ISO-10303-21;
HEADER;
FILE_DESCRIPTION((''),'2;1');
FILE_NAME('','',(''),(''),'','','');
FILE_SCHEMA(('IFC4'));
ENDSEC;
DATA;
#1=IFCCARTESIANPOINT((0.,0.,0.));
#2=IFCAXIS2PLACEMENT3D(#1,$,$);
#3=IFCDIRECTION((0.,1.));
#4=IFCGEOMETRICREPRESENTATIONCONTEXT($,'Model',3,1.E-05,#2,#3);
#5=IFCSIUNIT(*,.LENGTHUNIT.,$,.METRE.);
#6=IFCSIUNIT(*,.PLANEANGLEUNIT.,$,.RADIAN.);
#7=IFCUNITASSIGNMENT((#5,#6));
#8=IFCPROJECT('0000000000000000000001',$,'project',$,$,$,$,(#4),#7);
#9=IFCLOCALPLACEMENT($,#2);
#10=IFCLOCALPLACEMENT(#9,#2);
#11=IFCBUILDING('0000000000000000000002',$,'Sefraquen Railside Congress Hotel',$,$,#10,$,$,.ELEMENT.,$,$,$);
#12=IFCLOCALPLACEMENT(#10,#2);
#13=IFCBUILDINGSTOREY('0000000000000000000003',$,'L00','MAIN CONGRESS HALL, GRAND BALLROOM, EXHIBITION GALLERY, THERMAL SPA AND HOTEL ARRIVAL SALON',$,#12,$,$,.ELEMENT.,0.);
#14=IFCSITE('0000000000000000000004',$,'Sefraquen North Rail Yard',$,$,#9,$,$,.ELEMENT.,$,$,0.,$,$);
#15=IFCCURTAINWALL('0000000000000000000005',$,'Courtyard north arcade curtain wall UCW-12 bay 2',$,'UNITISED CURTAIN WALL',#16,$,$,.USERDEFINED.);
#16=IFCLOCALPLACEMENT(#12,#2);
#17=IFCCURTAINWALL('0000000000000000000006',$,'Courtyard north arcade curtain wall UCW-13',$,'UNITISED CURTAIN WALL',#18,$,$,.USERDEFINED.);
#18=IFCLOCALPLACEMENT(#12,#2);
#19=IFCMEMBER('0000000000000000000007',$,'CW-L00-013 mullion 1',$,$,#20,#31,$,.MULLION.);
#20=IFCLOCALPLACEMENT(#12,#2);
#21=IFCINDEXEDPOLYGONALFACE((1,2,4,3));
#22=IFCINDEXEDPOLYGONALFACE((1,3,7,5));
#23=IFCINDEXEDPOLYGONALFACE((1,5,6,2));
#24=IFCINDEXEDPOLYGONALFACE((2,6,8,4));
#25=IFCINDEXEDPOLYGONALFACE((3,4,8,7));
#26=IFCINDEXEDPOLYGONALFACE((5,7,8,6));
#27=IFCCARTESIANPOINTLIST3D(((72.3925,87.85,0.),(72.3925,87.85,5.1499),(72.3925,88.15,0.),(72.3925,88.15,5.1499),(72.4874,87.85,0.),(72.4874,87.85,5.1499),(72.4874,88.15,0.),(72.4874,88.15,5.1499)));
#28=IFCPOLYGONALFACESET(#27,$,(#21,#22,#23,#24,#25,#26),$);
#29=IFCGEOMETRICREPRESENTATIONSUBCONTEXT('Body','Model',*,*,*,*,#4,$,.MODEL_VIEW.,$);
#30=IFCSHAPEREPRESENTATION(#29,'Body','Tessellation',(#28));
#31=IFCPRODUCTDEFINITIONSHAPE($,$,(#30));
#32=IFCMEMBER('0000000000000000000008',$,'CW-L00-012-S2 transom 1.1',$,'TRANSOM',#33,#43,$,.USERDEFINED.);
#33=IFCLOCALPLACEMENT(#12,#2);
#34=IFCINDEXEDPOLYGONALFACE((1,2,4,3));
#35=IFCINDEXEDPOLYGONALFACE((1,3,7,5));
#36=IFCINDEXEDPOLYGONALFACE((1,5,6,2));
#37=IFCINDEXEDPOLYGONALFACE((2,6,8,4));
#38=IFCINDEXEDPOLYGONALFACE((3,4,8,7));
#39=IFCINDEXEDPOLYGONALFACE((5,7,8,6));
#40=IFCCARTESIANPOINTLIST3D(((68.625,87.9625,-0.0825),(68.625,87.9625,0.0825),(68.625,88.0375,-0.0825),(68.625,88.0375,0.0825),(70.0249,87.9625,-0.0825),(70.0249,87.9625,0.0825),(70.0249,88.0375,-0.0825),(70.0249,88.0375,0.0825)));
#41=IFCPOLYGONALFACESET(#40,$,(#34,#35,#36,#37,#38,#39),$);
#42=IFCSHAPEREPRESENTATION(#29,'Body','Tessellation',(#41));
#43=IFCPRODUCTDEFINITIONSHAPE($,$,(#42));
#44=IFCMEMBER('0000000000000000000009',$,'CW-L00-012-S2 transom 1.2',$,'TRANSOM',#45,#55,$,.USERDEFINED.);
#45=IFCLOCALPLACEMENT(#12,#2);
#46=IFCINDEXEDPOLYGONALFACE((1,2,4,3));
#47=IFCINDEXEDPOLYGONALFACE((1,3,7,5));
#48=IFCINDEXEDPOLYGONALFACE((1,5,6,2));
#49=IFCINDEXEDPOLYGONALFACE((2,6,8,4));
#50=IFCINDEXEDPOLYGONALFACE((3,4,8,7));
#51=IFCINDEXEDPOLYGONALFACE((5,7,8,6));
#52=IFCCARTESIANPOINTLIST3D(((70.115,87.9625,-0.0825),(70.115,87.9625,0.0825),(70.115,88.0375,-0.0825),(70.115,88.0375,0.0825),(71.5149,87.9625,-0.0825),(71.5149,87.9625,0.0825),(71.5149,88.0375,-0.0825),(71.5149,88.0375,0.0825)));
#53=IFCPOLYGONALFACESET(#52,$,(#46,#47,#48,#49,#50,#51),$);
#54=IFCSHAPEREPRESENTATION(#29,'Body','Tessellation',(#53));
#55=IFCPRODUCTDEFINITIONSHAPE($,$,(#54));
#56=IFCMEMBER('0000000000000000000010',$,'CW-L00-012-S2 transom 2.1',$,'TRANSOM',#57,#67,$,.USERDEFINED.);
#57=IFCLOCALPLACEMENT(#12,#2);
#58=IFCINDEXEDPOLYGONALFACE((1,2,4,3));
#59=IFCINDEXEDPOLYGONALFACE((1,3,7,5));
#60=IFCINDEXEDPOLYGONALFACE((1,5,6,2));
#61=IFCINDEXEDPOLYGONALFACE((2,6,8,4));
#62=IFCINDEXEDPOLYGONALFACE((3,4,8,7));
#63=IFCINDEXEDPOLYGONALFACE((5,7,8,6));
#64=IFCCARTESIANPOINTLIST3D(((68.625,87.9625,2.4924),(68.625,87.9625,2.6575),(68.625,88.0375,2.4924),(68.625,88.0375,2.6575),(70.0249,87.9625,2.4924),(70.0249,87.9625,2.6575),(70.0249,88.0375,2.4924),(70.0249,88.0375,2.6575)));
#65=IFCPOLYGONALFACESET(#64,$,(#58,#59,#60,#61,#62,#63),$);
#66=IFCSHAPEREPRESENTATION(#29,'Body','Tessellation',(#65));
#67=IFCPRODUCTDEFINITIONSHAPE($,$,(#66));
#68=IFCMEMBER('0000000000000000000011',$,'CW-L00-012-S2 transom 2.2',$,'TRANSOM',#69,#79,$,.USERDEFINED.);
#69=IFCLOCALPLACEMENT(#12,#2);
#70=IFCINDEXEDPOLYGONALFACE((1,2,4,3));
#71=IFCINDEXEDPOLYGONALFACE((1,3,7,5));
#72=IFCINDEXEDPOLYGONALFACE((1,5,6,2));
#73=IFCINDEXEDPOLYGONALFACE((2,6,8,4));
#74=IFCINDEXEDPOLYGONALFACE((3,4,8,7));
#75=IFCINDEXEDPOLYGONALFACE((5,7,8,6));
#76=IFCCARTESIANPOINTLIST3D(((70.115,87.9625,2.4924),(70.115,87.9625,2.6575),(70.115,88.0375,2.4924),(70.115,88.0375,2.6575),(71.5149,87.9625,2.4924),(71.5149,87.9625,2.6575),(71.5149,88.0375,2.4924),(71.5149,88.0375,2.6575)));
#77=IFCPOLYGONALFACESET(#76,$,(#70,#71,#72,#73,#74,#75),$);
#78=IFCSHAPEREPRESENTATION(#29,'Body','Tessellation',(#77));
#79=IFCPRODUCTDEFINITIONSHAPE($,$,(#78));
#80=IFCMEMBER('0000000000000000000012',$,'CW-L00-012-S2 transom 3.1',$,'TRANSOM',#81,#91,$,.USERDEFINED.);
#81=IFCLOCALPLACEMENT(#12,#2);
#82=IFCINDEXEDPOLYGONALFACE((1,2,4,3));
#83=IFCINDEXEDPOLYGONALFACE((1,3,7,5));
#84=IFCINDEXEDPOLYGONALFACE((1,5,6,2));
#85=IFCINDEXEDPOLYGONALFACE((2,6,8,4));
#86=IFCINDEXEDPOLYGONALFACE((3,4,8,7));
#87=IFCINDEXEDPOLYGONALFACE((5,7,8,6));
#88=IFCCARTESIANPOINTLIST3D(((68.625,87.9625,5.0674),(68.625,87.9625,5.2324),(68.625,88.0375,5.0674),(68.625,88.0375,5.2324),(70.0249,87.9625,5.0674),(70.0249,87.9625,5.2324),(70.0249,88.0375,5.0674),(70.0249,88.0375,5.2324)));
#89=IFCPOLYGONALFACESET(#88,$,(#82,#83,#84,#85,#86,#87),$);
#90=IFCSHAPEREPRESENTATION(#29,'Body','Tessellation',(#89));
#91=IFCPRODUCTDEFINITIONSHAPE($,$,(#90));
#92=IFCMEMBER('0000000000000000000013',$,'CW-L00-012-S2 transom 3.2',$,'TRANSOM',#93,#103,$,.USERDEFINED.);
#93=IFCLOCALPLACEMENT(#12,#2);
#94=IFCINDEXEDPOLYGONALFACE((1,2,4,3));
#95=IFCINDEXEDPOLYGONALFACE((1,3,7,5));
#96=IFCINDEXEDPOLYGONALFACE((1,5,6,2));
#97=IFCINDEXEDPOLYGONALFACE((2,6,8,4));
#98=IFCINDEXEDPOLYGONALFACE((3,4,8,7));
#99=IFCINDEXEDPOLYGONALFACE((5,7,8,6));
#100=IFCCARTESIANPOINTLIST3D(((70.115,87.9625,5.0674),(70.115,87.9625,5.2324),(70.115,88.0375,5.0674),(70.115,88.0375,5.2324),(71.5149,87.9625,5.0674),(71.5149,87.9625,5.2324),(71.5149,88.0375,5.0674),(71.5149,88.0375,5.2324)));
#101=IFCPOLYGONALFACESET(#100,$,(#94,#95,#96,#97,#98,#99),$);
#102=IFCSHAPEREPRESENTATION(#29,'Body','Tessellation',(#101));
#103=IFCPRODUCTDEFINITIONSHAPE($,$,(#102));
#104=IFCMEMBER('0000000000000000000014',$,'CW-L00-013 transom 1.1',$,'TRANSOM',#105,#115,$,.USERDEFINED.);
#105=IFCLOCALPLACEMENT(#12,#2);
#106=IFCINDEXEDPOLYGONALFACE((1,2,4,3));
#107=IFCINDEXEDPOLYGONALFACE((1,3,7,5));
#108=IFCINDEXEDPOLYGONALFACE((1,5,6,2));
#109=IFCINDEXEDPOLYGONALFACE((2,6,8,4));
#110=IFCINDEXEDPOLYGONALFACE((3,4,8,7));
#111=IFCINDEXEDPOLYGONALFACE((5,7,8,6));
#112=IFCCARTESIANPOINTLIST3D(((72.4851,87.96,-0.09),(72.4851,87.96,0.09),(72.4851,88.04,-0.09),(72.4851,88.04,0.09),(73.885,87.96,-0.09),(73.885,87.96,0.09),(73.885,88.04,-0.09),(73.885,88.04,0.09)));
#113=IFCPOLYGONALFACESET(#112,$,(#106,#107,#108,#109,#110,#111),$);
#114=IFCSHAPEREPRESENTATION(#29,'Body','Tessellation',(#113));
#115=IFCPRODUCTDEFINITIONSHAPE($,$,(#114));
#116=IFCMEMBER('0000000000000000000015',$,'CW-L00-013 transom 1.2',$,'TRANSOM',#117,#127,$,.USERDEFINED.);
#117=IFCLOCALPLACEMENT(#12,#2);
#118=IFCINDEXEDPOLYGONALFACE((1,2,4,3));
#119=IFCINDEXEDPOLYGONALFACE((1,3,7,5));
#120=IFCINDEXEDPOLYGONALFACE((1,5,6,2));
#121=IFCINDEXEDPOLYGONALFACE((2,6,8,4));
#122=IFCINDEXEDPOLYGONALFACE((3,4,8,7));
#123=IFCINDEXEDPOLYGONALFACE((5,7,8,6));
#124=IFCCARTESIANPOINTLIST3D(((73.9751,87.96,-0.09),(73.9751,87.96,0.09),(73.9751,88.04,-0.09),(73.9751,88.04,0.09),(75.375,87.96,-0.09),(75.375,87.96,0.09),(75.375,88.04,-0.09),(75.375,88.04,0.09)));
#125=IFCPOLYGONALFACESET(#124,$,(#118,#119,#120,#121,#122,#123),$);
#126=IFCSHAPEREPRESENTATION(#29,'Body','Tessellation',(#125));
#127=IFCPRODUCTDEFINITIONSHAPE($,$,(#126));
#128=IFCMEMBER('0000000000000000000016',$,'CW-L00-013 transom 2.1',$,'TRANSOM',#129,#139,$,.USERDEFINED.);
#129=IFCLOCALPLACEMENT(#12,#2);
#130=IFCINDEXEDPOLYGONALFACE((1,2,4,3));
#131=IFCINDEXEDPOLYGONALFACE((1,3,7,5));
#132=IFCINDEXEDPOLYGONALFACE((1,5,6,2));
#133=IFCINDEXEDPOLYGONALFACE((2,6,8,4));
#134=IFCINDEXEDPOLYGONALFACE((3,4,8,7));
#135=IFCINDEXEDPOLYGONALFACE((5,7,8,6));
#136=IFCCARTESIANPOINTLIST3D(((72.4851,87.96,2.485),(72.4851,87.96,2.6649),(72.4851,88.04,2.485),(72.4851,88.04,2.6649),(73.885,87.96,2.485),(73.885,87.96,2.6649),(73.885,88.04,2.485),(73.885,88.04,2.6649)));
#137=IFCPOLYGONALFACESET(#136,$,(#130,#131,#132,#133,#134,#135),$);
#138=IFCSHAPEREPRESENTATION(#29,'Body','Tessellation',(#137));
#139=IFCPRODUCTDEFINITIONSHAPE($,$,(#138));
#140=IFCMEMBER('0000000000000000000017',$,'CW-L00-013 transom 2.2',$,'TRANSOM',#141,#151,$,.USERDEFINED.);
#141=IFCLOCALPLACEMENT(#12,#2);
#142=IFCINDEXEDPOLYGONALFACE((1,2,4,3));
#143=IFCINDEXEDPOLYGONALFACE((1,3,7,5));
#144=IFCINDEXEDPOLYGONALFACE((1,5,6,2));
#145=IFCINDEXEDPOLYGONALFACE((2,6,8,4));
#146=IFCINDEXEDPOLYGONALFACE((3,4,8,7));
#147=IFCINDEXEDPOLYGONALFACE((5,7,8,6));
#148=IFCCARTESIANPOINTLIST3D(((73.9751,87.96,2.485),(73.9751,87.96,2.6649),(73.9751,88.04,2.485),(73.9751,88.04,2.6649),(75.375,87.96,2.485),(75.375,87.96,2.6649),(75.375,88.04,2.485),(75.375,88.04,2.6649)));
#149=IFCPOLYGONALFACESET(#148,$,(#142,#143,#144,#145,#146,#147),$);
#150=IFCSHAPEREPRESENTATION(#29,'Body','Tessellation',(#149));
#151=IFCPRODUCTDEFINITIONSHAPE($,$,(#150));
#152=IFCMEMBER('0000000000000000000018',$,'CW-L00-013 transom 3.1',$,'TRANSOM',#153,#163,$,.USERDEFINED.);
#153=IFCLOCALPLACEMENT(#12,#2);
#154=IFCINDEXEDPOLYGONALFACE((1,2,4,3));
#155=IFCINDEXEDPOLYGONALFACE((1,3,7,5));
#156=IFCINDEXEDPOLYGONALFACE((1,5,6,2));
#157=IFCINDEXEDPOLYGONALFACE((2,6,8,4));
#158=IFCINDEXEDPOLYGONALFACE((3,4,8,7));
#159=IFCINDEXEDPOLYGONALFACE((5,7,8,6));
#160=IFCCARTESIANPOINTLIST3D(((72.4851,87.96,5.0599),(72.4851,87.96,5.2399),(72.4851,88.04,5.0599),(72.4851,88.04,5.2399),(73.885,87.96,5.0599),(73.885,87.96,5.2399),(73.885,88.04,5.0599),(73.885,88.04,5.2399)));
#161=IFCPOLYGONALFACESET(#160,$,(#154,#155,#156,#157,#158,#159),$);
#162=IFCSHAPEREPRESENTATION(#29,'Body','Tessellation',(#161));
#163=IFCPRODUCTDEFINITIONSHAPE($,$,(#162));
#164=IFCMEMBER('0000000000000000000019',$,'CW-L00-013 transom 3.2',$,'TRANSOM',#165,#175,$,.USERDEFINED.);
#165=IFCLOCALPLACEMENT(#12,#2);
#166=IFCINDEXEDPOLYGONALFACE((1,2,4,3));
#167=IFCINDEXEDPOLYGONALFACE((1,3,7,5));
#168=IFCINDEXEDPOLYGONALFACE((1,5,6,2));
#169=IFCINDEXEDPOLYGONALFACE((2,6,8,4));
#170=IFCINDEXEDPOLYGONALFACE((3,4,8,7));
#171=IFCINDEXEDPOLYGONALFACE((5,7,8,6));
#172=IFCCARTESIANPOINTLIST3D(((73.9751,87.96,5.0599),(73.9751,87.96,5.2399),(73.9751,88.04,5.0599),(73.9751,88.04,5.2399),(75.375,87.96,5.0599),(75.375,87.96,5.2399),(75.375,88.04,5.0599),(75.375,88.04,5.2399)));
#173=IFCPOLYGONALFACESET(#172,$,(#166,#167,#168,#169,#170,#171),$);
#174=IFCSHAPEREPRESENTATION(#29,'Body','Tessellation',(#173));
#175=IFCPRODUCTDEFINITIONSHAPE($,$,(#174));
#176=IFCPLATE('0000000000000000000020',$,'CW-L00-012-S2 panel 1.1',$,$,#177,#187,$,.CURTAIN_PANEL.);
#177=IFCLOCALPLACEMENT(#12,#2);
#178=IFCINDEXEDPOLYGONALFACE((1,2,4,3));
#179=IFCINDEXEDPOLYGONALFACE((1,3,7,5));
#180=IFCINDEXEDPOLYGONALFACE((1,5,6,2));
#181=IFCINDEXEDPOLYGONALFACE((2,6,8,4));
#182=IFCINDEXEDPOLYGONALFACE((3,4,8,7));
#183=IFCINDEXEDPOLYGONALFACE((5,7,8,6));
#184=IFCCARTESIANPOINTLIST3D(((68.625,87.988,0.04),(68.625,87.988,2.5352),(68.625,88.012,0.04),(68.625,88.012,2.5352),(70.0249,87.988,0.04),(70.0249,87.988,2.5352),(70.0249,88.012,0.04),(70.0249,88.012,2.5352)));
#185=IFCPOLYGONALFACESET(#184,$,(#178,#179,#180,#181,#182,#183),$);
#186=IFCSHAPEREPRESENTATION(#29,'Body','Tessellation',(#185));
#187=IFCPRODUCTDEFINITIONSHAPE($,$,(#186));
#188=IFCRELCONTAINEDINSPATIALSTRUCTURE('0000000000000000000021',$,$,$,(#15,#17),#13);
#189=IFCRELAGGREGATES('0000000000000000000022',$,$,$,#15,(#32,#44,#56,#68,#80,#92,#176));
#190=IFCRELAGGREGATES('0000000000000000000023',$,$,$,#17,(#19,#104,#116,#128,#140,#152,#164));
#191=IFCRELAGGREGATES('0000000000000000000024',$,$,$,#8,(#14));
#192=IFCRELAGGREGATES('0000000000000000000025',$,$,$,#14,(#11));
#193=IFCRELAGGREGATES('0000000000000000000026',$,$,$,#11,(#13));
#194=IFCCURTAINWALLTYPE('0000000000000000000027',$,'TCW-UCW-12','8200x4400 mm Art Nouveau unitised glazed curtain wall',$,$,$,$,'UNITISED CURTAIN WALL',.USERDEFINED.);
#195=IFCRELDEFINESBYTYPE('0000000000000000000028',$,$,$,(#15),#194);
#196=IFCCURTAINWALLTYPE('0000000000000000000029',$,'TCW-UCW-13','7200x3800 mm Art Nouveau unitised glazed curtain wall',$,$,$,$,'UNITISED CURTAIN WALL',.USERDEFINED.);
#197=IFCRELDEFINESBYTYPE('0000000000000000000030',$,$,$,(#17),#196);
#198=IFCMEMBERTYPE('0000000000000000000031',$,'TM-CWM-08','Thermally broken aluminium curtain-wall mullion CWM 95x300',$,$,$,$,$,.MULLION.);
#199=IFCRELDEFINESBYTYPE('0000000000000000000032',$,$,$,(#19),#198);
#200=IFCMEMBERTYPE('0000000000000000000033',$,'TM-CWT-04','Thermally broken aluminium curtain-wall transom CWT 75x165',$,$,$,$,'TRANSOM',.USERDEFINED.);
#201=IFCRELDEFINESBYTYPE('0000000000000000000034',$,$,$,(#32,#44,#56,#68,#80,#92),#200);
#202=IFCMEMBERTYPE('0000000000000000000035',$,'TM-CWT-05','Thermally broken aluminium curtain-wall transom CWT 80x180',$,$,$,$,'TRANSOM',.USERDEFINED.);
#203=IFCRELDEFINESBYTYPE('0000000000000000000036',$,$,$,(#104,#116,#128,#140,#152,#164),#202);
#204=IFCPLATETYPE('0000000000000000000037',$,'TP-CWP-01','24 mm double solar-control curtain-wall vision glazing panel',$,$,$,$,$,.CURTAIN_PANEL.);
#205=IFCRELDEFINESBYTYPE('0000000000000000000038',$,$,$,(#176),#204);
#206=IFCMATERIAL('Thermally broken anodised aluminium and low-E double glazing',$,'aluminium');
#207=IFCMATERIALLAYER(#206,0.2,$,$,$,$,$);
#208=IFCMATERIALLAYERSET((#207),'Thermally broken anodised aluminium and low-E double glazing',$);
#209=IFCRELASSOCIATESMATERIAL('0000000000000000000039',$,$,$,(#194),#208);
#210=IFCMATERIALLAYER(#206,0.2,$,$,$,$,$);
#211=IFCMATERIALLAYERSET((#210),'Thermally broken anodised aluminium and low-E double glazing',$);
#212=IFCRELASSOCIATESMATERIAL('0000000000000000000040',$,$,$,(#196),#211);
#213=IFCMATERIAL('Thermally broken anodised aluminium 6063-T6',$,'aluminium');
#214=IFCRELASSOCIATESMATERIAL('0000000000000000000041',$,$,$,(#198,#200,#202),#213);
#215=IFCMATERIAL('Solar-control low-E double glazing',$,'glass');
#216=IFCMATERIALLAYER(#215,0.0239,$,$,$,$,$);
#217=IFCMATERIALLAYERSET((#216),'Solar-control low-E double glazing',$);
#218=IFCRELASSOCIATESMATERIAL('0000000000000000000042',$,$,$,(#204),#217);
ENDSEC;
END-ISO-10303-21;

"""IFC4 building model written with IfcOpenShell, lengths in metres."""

from ifc_helpers import new_model, si_unit, direction, frame, origin, origin_2d, place, context, subcontext, project, spatial, rectangle, extrude, material, layer, layer_set, material_profile, profile_set, type_object, element, aggregate, save


model = new_model("IFC4")

# Units and contexts
model_context = context("Model", 3, precision=1e-05, world=origin(), true_north=direction((0.0, 1.0)))
body_context = subcontext(model_context, "Body", "Model", "MODEL_VIEW")
ifc_project = project(units=[si_unit("LENGTHUNIT", "METRE"), si_unit("PLANEANGLEUNIT", "RADIAN")], contexts=[model_context])

# Site, building, storey
site_placement = place(None, origin())
site = spatial("IfcSite", under=ifc_project, at=site_placement, Name="Sefraquen North Rail Yard", CompositionType="ELEMENT", RefElevation=0.0)
building_placement = place(site_placement, origin())
building = spatial("IfcBuilding", under=site, at=building_placement, Name="Sefraquen Railside Congress Hotel", CompositionType="ELEMENT")
storey_placement = place(building_placement, origin())
storey = spatial("IfcBuildingStorey", under=building, at=storey_placement, Name="L00", Description="MAIN CONGRESS HALL, GRAND BALLROOM, EXHIBITION GALLERY, THERMAL SPA AND HOTEL ARRIVAL SALON", CompositionType="ELEMENT", Elevation=0.0)

# Curtain walls
ifc_material_1 = material(Name="Thermally broken anodised aluminium and low-E double glazing", Category="aluminium")
ifc_layer_1 = layer(ifc_material_1, 0.2)
ifc_layer_set_1 = layer_set([ifc_layer_1], Name="Thermally broken anodised aluminium and low-E double glazing")
curtain_wall_type_1 = type_object("IfcCurtainWallType", Name="TCW-UCW-12", Description="8200x4400 mm Art Nouveau unitised glazed curtain wall", ElementType="UNITISED CURTAIN WALL", PredefinedType="USERDEFINED", material=ifc_layer_set_1)
curtain_wall_1_placement = place(storey_placement, origin())
curtain_wall_1 = element("IfcCurtainWall", 1, at=curtain_wall_1_placement, inside=storey, type_object=curtain_wall_type_1, Name="Courtyard north arcade curtain wall UCW-12 bay 2", ObjectType="UNITISED CURTAIN WALL", PredefinedType="USERDEFINED")
ifc_material_2 = material(Name="Thermally broken anodised aluminium 6063-T6", Category="aluminium")
ifc_layer_2 = layer(ifc_material_1, 0.2)
ifc_layer_set_2 = layer_set([ifc_layer_2], Name="Thermally broken anodised aluminium and low-E double glazing")
curtain_wall_type_2 = type_object("IfcCurtainWallType", Name="TCW-UCW-13", Description="7200x3800 mm Art Nouveau unitised glazed curtain wall", ElementType="UNITISED CURTAIN WALL", PredefinedType="USERDEFINED", material=ifc_layer_set_2)
curtain_wall_2_placement = place(storey_placement, origin())
curtain_wall_2 = element("IfcCurtainWall", 2, at=curtain_wall_2_placement, inside=storey, type_object=curtain_wall_type_2, Name="Courtyard north arcade curtain wall UCW-13", ObjectType="UNITISED CURTAIN WALL", PredefinedType="USERDEFINED")
ifc_material_profile_1 = material_profile(ifc_material_2, rectangle(XDim=0.095, YDim=0.3, at=origin_2d()), Name="CWM 95x300")
ifc_profile_set_1 = profile_set([ifc_material_profile_1], Name="Thermally broken anodised aluminium 6063-T6")
member_type_1 = type_object("IfcMemberType", Name="TM-CWM-08", Description="Thermally broken aluminium curtain-wall mullion CWM 95x300", PredefinedType="MULLION", material=ifc_profile_set_1)

# Members
member_1_placement = place(storey_placement, frame((72.4399, 88.0, 0.0), z_axis=(0.0, 0.0, 1.0), x_axis=(1.0, 0.0, 0.0)))
member_1 = element("IfcMember", 3, at=member_1_placement, type_object=member_type_1, Name="CW-L00-013 mullion 1", PredefinedType="MULLION", context=body_context, shape_type="SweptSolid", body=[
    extrude(rectangle(XDim=0.095, YDim=0.3, at=origin_2d()), origin(), (0.0, 0.0, 1.0), 5.1499),
])
ifc_material_profile_2 = material_profile(ifc_material_2, rectangle(XDim=0.075, YDim=0.165, at=origin_2d()), Name="CWT 75x165")
ifc_profile_set_2 = profile_set([ifc_material_profile_2], Name="Thermally broken anodised aluminium 6063-T6")
member_type_2 = type_object("IfcMemberType", Name="TM-CWT-04", Description="Thermally broken aluminium curtain-wall transom CWT 75x165", ElementType="TRANSOM", PredefinedType="USERDEFINED", material=ifc_profile_set_2)
member_2_placement = place(storey_placement, frame((68.625, 88.0, 0.0), z_axis=(1.0, 0.0, 0.0), x_axis=(0.0, 1.0, 0.0)))
member_2 = element("IfcMember", 4, at=member_2_placement, type_object=member_type_2, Name="CW-L00-012-S2 transom 1.1", ObjectType="TRANSOM", PredefinedType="USERDEFINED", context=body_context, shape_type="SweptSolid", body=[
    extrude(rectangle(XDim=0.075, YDim=0.165, at=origin_2d()), origin(), (0.0, 0.0, 1.0), 1.3999),
])
member_3_placement = place(storey_placement, frame((70.115, 88.0, 0.0), z_axis=(1.0, 0.0, 0.0), x_axis=(0.0, 1.0, 0.0)))
member_3 = element("IfcMember", 5, at=member_3_placement, type_object=member_type_2, Name="CW-L00-012-S2 transom 1.2", ObjectType="TRANSOM", PredefinedType="USERDEFINED", context=body_context, shape_type="SweptSolid", body=[
    extrude(rectangle(XDim=0.075, YDim=0.165, at=origin_2d()), origin(), (0.0, 0.0, 1.0), 1.3999),
])
member_4_placement = place(storey_placement, frame((68.625, 88.0, 2.575), z_axis=(1.0, 0.0, 0.0), x_axis=(0.0, 1.0, 0.0)))
member_4 = element("IfcMember", 6, at=member_4_placement, type_object=member_type_2, Name="CW-L00-012-S2 transom 2.1", ObjectType="TRANSOM", PredefinedType="USERDEFINED", context=body_context, shape_type="SweptSolid", body=[
    extrude(rectangle(XDim=0.075, YDim=0.165, at=origin_2d()), origin(), (0.0, 0.0, 1.0), 1.3999),
])
member_5_placement = place(storey_placement, frame((70.115, 88.0, 2.575), z_axis=(1.0, 0.0, 0.0), x_axis=(0.0, 1.0, 0.0)))
member_5 = element("IfcMember", 7, at=member_5_placement, type_object=member_type_2, Name="CW-L00-012-S2 transom 2.2", ObjectType="TRANSOM", PredefinedType="USERDEFINED", context=body_context, shape_type="SweptSolid", body=[
    extrude(rectangle(XDim=0.075, YDim=0.165, at=origin_2d()), origin(), (0.0, 0.0, 1.0), 1.3999),
])
member_6_placement = place(storey_placement, frame((68.625, 88.0, 5.1499), z_axis=(1.0, 0.0, 0.0), x_axis=(0.0, 1.0, 0.0)))
member_6 = element("IfcMember", 8, at=member_6_placement, type_object=member_type_2, Name="CW-L00-012-S2 transom 3.1", ObjectType="TRANSOM", PredefinedType="USERDEFINED", context=body_context, shape_type="SweptSolid", body=[
    extrude(rectangle(XDim=0.075, YDim=0.165, at=origin_2d()), origin(), (0.0, 0.0, 1.0), 1.3999),
])
member_7_placement = place(storey_placement, frame((70.115, 88.0, 5.1499), z_axis=(1.0, 0.0, 0.0), x_axis=(0.0, 1.0, 0.0)))
member_7 = element("IfcMember", 9, at=member_7_placement, type_object=member_type_2, Name="CW-L00-012-S2 transom 3.2", ObjectType="TRANSOM", PredefinedType="USERDEFINED", context=body_context, shape_type="SweptSolid", body=[
    extrude(rectangle(XDim=0.075, YDim=0.165, at=origin_2d()), origin(), (0.0, 0.0, 1.0), 1.3999),
])
ifc_material_profile_3 = material_profile(ifc_material_2, rectangle(XDim=0.0801, YDim=0.1799, at=origin_2d()), Name="CWT 80x180")
ifc_profile_set_3 = profile_set([ifc_material_profile_3], Name="Thermally broken anodised aluminium 6063-T6")
member_type_3 = type_object("IfcMemberType", Name="TM-CWT-05", Description="Thermally broken aluminium curtain-wall transom CWT 80x180", ElementType="TRANSOM", PredefinedType="USERDEFINED", material=ifc_profile_set_3)
member_8_placement = place(storey_placement, frame((72.4851, 88.0, 0.0), z_axis=(1.0, 0.0, 0.0), x_axis=(0.0, 1.0, 0.0)))
member_8 = element("IfcMember", 10, at=member_8_placement, type_object=member_type_3, Name="CW-L00-013 transom 1.1", ObjectType="TRANSOM", PredefinedType="USERDEFINED", context=body_context, shape_type="SweptSolid", body=[
    extrude(rectangle(XDim=0.0801, YDim=0.1799, at=origin_2d()), origin(), (0.0, 0.0, 1.0), 1.3999),
])
member_9_placement = place(storey_placement, frame((73.9751, 88.0, 0.0), z_axis=(1.0, 0.0, 0.0), x_axis=(0.0, 1.0, 0.0)))
member_9 = element("IfcMember", 11, at=member_9_placement, type_object=member_type_3, Name="CW-L00-013 transom 1.2", ObjectType="TRANSOM", PredefinedType="USERDEFINED", context=body_context, shape_type="SweptSolid", body=[
    extrude(rectangle(XDim=0.0801, YDim=0.1799, at=origin_2d()), origin(), (0.0, 0.0, 1.0), 1.3999),
])
member_10_placement = place(storey_placement, frame((72.4851, 88.0, 2.575), z_axis=(1.0, 0.0, 0.0), x_axis=(0.0, 1.0, 0.0)))
member_10 = element("IfcMember", 12, at=member_10_placement, type_object=member_type_3, Name="CW-L00-013 transom 2.1", ObjectType="TRANSOM", PredefinedType="USERDEFINED", context=body_context, shape_type="SweptSolid", body=[
    extrude(rectangle(XDim=0.0801, YDim=0.1799, at=origin_2d()), origin(), (0.0, 0.0, 1.0), 1.3999),
])
member_11_placement = place(storey_placement, frame((73.9751, 88.0, 2.575), z_axis=(1.0, 0.0, 0.0), x_axis=(0.0, 1.0, 0.0)))
member_11 = element("IfcMember", 13, at=member_11_placement, type_object=member_type_3, Name="CW-L00-013 transom 2.2", ObjectType="TRANSOM", PredefinedType="USERDEFINED", context=body_context, shape_type="SweptSolid", body=[
    extrude(rectangle(XDim=0.0801, YDim=0.1799, at=origin_2d()), origin(), (0.0, 0.0, 1.0), 1.3999),
])
member_12_placement = place(storey_placement, frame((72.4851, 88.0, 5.1499), z_axis=(1.0, 0.0, 0.0), x_axis=(0.0, 1.0, 0.0)))
member_12 = element("IfcMember", 14, at=member_12_placement, type_object=member_type_3, Name="CW-L00-013 transom 3.1", ObjectType="TRANSOM", PredefinedType="USERDEFINED", context=body_context, shape_type="SweptSolid", body=[
    extrude(rectangle(XDim=0.0801, YDim=0.1799, at=origin_2d()), origin(), (0.0, 0.0, 1.0), 1.3999),
])
member_13_placement = place(storey_placement, frame((73.9751, 88.0, 5.1499), z_axis=(1.0, 0.0, 0.0), x_axis=(0.0, 1.0, 0.0)))
member_13 = element("IfcMember", 15, at=member_13_placement, type_object=member_type_3, Name="CW-L00-013 transom 3.2", ObjectType="TRANSOM", PredefinedType="USERDEFINED", context=body_context, shape_type="SweptSolid", body=[
    extrude(rectangle(XDim=0.0801, YDim=0.1799, at=origin_2d()), origin(), (0.0, 0.0, 1.0), 1.3999),
])

# Plate
ifc_material_3 = material(Name="Solar-control low-E double glazing", Category="glass")
ifc_layer_3 = layer(ifc_material_3, 0.0239)
ifc_layer_set_3 = layer_set([ifc_layer_3], Name="Solar-control low-E double glazing")
plate_type_1 = type_object("IfcPlateType", Name="TP-CWP-01", Description="24 mm double solar-control curtain-wall vision glazing panel", PredefinedType="CURTAIN_PANEL", material=ifc_layer_set_3)
plate_1_placement = place(storey_placement, frame((69.325, 88.0, 0.04), z_axis=(0.0, 0.0, 1.0), x_axis=(1.0, 0.0, 0.0)))
plate_1 = element("IfcPlate", 16, at=plate_1_placement, type_object=plate_type_1, Name="CW-L00-012-S2 panel 1.1", PredefinedType="CURTAIN_PANEL", context=body_context, shape_type="SweptSolid", body=[
    extrude(rectangle(XDim=1.3999, YDim=0.0239, at=origin_2d()), origin(), (0.0, 0.0, 1.0), 2.4951),
])
aggregate(curtain_wall_1, [member_2, member_3, member_4, member_5, member_6, member_7, plate_1])
aggregate(curtain_wall_2, [member_1, member_8, member_9, member_10, member_11, member_12, member_13])

save(model, "model.ifc")
